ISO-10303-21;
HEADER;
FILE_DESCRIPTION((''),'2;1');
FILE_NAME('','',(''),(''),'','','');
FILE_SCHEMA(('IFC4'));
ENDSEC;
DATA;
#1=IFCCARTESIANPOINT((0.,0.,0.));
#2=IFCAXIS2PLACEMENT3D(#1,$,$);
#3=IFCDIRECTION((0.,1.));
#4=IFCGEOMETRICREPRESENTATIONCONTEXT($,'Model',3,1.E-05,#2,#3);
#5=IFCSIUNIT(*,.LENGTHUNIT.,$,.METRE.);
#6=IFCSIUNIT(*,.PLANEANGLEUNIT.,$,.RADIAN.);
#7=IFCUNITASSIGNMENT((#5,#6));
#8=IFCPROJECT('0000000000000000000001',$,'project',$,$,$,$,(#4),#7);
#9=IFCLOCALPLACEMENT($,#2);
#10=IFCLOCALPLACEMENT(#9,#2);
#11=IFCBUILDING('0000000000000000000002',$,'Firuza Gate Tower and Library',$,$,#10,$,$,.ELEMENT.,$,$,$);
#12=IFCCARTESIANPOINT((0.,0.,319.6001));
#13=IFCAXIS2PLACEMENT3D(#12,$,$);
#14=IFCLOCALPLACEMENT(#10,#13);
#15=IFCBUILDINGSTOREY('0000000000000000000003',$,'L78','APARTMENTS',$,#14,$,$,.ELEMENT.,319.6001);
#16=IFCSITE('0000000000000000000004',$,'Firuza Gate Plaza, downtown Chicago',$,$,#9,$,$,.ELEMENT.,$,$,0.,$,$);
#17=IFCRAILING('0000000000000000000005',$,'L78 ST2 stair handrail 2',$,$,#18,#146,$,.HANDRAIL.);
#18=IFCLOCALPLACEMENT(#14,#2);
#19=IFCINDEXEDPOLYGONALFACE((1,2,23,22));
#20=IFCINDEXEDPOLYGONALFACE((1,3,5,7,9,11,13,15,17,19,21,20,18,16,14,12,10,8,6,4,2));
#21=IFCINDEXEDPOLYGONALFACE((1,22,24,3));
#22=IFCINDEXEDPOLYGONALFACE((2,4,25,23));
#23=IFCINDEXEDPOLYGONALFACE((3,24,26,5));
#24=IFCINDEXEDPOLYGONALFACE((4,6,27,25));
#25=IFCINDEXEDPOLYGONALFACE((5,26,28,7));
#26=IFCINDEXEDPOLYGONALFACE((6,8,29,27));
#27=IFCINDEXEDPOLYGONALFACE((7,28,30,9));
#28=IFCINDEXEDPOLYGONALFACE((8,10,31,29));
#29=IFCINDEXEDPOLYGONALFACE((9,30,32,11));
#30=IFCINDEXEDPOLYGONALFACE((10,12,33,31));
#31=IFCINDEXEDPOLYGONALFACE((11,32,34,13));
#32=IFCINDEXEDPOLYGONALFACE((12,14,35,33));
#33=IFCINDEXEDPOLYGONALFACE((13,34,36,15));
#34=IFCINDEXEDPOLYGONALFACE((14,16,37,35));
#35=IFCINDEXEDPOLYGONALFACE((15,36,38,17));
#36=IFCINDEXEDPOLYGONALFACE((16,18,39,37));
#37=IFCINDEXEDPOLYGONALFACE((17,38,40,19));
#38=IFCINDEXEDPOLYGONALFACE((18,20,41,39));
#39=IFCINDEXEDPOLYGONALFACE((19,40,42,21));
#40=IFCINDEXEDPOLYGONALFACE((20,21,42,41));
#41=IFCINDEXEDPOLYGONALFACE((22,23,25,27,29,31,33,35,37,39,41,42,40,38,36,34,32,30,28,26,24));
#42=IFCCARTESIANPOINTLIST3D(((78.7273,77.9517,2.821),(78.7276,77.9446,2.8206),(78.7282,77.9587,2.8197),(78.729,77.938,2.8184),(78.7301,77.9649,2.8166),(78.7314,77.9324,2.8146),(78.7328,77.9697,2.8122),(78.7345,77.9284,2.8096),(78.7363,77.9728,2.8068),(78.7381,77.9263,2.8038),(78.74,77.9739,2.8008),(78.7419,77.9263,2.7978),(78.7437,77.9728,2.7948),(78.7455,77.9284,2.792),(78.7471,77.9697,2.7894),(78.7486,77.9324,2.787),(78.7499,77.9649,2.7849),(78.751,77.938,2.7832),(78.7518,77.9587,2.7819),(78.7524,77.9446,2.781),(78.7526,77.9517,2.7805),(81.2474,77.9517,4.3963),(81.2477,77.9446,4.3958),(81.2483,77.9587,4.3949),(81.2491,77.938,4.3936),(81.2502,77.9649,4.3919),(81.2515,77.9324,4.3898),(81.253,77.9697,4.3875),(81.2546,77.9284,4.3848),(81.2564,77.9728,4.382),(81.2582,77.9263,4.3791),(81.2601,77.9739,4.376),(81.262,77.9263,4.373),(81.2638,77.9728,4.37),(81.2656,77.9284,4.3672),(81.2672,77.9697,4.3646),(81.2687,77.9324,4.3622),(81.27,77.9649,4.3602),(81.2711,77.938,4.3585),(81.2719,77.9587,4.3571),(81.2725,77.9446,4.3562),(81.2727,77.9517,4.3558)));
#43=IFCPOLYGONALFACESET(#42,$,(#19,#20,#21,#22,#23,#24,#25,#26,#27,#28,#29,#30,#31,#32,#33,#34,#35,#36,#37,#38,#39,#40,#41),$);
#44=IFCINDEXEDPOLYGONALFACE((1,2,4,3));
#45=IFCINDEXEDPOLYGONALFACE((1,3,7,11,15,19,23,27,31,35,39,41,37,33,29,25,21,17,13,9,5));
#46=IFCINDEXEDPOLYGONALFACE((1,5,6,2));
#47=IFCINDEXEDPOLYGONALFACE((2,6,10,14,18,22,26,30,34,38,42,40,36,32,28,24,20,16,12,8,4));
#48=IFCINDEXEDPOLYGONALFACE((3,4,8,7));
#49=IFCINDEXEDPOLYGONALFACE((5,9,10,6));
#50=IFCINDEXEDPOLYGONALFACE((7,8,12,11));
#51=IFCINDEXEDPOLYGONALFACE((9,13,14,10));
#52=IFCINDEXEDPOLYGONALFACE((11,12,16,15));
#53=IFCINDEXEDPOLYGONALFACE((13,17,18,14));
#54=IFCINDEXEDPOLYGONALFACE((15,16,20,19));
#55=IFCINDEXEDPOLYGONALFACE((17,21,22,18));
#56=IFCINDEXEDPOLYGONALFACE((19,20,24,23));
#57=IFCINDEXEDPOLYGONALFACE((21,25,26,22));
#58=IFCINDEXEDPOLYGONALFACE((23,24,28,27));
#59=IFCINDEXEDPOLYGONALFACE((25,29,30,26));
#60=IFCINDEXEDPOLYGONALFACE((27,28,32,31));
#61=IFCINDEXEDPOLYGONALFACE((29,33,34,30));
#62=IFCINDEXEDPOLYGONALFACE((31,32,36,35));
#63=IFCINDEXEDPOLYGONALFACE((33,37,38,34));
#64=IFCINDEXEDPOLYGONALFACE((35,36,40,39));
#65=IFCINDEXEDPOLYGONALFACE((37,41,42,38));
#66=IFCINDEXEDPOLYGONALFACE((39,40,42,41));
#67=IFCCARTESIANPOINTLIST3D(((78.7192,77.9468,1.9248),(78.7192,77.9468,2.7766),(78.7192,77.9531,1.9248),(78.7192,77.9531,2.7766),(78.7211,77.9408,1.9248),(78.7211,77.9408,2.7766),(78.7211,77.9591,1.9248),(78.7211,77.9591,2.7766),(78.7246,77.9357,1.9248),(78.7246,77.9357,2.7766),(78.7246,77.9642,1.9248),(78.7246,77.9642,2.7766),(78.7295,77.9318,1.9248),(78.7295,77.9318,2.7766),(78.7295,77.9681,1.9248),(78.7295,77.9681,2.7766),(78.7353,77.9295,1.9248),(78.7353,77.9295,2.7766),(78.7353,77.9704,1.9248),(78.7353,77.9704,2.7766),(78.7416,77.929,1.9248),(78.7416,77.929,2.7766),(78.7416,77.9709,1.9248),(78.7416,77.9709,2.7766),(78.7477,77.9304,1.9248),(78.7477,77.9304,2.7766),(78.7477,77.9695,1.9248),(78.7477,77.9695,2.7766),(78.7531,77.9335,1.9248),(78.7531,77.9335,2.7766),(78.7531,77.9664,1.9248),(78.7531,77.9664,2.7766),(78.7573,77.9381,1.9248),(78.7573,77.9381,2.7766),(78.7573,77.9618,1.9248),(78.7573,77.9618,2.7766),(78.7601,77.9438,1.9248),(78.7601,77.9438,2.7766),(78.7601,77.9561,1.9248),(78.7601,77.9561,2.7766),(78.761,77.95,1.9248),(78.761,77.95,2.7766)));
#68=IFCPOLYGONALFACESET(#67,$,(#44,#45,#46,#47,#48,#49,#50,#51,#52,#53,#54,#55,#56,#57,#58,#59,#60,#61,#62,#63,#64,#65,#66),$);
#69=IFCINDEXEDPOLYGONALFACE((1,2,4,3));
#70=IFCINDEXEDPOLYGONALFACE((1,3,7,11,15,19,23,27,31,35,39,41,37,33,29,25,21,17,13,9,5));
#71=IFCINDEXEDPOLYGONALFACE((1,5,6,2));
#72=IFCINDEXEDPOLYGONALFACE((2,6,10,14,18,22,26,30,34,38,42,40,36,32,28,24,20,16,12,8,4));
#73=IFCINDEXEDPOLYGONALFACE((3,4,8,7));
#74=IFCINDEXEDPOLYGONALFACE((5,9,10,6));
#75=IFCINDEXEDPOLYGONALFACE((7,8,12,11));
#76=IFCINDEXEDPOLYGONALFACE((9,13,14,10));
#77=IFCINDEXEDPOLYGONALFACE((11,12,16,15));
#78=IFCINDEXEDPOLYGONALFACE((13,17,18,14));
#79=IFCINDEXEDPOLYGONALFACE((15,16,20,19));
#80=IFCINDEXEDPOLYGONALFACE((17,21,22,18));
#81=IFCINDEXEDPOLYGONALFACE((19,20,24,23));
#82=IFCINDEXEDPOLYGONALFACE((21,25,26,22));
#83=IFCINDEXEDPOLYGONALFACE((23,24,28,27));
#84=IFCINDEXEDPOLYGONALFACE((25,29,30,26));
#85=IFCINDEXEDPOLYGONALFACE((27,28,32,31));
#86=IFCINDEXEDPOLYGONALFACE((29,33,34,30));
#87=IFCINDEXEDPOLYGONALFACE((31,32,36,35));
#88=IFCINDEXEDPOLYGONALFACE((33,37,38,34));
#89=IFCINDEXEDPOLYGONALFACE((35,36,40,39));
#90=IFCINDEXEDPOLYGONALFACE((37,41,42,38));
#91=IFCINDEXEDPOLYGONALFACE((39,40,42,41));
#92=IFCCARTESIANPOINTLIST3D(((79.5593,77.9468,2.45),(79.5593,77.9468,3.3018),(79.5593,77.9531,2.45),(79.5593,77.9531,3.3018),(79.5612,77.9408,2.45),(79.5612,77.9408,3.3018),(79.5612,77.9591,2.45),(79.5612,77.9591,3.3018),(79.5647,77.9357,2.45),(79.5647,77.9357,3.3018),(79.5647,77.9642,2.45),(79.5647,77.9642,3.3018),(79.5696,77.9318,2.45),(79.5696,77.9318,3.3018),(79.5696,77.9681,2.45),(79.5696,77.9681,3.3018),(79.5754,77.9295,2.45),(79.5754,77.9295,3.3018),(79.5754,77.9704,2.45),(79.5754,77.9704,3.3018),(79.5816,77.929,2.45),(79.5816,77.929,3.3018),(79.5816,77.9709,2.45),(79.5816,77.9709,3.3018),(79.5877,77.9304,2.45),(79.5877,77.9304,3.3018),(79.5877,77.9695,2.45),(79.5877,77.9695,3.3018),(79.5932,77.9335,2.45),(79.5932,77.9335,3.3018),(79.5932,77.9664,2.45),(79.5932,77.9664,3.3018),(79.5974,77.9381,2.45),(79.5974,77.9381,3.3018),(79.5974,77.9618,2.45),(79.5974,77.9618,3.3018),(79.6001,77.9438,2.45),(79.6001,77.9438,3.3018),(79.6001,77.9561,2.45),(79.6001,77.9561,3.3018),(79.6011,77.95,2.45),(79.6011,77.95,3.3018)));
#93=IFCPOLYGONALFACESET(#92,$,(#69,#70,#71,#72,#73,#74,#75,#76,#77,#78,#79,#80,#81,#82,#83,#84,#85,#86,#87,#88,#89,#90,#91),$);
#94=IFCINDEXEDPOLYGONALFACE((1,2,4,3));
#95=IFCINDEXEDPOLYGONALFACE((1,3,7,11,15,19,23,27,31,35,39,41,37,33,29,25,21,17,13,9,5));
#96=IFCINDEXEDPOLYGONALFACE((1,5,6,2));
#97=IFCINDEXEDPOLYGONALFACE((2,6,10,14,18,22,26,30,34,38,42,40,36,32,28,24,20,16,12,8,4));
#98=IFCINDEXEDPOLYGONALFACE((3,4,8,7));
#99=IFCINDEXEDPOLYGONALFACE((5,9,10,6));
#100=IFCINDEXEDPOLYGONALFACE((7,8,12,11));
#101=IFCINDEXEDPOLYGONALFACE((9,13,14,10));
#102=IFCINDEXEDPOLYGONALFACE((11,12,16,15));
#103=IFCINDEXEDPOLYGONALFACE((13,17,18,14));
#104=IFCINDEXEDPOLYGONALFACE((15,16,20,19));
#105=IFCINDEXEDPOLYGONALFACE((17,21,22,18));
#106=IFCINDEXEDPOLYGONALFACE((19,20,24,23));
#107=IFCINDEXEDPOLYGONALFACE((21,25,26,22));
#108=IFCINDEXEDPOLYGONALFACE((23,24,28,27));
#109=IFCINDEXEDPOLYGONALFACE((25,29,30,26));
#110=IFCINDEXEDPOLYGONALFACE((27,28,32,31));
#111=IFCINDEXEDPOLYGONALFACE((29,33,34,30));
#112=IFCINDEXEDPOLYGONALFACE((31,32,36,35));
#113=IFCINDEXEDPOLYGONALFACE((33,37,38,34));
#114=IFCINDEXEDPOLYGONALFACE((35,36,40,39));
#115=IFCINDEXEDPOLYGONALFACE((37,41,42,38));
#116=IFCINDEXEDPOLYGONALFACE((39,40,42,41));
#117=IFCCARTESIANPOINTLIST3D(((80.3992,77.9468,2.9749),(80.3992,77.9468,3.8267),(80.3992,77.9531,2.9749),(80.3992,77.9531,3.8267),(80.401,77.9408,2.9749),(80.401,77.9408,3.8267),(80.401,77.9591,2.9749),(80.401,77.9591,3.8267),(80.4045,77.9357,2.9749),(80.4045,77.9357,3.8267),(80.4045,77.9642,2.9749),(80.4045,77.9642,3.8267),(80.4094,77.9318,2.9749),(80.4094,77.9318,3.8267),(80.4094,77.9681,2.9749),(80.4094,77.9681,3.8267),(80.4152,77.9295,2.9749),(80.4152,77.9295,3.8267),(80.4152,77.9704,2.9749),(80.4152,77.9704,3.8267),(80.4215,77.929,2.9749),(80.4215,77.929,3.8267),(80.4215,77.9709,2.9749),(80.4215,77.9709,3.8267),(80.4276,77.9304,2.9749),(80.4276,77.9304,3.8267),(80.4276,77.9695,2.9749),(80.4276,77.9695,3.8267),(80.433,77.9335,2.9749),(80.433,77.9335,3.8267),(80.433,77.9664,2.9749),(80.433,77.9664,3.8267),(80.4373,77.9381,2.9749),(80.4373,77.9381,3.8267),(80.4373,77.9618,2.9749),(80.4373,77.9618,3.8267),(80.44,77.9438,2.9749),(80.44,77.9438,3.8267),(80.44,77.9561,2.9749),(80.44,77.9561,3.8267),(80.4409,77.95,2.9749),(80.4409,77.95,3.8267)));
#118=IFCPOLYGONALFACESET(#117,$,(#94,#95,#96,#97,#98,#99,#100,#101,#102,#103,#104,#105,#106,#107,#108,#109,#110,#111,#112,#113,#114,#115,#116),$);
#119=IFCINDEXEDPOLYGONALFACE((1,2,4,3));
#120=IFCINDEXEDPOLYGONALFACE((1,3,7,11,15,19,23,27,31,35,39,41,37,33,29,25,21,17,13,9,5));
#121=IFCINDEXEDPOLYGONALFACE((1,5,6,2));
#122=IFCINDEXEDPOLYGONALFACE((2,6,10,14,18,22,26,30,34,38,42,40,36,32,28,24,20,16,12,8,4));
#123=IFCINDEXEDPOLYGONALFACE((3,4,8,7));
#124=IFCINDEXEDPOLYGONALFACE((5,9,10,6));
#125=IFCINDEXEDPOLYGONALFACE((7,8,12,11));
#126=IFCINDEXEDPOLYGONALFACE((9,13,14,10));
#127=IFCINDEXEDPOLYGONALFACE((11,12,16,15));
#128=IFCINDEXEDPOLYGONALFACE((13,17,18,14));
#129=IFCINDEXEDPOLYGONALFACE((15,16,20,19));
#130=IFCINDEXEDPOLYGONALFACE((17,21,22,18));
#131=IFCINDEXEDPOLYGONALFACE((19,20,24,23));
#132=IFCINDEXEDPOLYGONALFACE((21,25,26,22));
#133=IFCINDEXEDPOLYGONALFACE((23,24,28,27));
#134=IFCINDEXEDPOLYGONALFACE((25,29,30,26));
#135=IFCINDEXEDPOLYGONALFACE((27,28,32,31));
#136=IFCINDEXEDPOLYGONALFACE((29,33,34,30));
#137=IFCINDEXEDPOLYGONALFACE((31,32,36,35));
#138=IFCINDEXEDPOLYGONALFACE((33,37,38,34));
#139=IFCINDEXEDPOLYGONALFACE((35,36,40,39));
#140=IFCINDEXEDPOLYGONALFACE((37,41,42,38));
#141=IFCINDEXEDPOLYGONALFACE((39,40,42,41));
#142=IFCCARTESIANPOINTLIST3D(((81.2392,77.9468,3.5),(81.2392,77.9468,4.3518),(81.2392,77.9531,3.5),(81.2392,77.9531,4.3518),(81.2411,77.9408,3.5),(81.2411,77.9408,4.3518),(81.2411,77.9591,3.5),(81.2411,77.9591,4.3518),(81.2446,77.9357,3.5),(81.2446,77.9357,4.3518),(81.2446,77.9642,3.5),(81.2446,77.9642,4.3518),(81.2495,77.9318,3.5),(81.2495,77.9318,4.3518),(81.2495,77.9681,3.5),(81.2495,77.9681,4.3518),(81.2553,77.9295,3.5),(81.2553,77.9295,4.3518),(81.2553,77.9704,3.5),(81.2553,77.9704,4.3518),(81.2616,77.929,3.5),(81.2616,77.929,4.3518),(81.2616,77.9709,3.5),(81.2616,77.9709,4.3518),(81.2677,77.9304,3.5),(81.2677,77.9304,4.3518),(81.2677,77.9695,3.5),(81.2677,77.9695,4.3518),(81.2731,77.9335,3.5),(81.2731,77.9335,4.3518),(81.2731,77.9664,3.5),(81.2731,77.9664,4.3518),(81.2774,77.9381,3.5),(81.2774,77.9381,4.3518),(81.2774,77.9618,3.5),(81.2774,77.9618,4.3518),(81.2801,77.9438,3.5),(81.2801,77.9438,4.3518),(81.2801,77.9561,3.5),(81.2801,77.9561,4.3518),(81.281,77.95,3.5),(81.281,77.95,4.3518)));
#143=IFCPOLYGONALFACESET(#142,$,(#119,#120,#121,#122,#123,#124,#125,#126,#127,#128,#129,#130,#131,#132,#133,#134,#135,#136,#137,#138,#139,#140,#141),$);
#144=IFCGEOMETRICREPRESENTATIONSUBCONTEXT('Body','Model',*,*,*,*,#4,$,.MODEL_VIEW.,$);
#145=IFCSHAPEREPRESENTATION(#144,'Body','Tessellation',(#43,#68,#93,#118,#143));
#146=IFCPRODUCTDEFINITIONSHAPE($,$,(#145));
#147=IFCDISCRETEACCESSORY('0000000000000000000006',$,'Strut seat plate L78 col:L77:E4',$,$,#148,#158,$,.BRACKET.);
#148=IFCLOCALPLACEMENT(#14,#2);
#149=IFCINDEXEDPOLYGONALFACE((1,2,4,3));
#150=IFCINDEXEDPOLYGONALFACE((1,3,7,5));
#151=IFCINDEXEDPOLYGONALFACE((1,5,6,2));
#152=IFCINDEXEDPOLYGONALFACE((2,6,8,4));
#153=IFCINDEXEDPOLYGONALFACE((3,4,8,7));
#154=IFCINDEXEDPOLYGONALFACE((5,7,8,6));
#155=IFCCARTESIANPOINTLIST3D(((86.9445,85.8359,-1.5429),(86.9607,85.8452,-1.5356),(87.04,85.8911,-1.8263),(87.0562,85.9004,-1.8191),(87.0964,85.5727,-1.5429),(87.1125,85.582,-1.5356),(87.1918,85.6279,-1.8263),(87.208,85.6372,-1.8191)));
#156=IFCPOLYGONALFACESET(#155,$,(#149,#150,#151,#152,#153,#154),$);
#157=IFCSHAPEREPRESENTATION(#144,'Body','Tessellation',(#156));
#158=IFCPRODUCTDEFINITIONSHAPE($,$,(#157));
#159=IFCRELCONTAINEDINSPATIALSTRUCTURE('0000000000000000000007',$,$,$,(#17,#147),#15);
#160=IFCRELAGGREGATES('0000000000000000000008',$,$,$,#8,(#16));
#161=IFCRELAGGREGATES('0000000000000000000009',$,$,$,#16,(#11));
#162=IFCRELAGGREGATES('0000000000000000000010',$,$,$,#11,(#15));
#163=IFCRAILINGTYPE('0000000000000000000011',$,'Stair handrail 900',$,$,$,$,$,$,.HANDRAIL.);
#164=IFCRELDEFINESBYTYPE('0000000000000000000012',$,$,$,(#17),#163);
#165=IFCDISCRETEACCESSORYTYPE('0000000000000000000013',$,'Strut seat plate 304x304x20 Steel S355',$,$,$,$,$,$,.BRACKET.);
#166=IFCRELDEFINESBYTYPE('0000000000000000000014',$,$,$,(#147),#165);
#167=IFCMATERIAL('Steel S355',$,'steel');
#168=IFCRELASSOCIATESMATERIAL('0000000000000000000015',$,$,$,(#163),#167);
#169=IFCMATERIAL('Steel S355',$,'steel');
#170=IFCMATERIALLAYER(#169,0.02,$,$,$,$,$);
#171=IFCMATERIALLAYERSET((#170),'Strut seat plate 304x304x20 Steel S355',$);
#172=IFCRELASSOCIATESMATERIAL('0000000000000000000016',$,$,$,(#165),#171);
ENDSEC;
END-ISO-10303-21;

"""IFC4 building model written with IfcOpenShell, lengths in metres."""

from ifc_helpers import new_model, si_unit, direction, frame, origin, origin_2d, place, context, subcontext, project, spatial, polyline, circle, outline, extrude, material, layer, layer_set, type_object, element, save


model = new_model("IFC4")

# Units and contexts
model_context = context("Model", 3, precision=1e-05, world=origin(), true_north=direction((0.0, 1.0)))
body_context = subcontext(model_context, "Body", "Model", "MODEL_VIEW")
ifc_project = project(units=[si_unit("LENGTHUNIT", "METRE"), si_unit("PLANEANGLEUNIT", "RADIAN")], contexts=[model_context])

# Site, building, storey
site_placement = place(None, origin())
site = spatial("IfcSite", under=ifc_project, at=site_placement, Name="Firuza Gate Plaza, downtown Chicago", CompositionType="ELEMENT", RefElevation=0.0)
building_placement = place(site_placement, origin())
building = spatial("IfcBuilding", under=site, at=building_placement, Name="Firuza Gate Tower and Library", CompositionType="ELEMENT")
storey_placement = place(building_placement, frame((0.0, 0.0, 319.6001)))
storey = spatial("IfcBuildingStorey", under=building, at=storey_placement, Name="L78", Description="APARTMENTS", CompositionType="ELEMENT", Elevation=319.6001)

# Railing
ifc_material_1 = material(Name="Steel S355", Category="steel")
railing_type_1 = type_object("IfcRailingType", Name="Stair handrail 900", PredefinedType="HANDRAIL", material=ifc_material_1)
railing_1_placement = place(storey_placement, frame((78.74, 77.95, 1.9248)))
element("IfcRailing", 1, at=railing_1_placement, inside=storey, type_object=railing_type_1, Name="L78 ST2 stair handrail 2", PredefinedType="HANDRAIL", context=body_context, shape_type="SweptSolid", body=[
    extrude(circle(Radius=0.0239, at=origin_2d()), frame((0.0, 0.0, 0.876), z_axis=(0.847971, 0.0, 0.530043), x_axis=(0.0, 1.0, 0.0)), (0.0, 0.0, 1.0), 2.9719),
    extrude(circle(Radius=0.021, at=origin_2d()), origin(), (0.0, 0.0, 1.0), 0.8518),
    extrude(circle(Radius=0.021, at=origin_2d()), frame((0.8401, 0.0, 0.5251)), (0.0, 0.0, 1.0), 0.8518),
    extrude(circle(Radius=0.021, at=origin_2d()), frame((1.6799, 0.0, 1.05)), (0.0, 0.0, 1.0), 0.8518),
    extrude(circle(Radius=0.021, at=origin_2d()), frame((2.52, 0.0, 1.5752)), (0.0, 0.0, 1.0), 0.8518),
])

# Discrete accessory
ifc_material_2 = material(Name="Steel S355", Category="steel")
ifc_layer_1 = layer(ifc_material_2, 0.02)
ifc_layer_set_1 = layer_set([ifc_layer_1], Name="Strut seat plate 304x304x20 Steel S355")
discrete_accessory_type = type_object("IfcDiscreteAccessoryType", Name="Strut seat plate 304x304x20 Steel S355", PredefinedType="BRACKET", material=ifc_layer_set_1)
discrete_accessory_placement = place(storey_placement, frame((86.9607, 85.8452, -1.5356), z_axis=(0.807237, 0.465771, 0.362527), x_axis=(0.499769, -0.866159, 0.0)))
element("IfcDiscreteAccessory", 2, at=discrete_accessory_placement, inside=storey, type_object=discrete_accessory_type, Name="Strut seat plate L78 col:L77:E4", PredefinedType="BRACKET", context=body_context, shape_type="SweptSolid", body=[
    extrude(outline(polyline([(0.0, 0.0), (0.3039, 0.0), (0.3038, 0.3041), (-0.0001, 0.3041), (0.0, 0.0)])), origin(), (0.0, 0.0, -1.0), 0.02),
])

save(model, "model.ifc")
